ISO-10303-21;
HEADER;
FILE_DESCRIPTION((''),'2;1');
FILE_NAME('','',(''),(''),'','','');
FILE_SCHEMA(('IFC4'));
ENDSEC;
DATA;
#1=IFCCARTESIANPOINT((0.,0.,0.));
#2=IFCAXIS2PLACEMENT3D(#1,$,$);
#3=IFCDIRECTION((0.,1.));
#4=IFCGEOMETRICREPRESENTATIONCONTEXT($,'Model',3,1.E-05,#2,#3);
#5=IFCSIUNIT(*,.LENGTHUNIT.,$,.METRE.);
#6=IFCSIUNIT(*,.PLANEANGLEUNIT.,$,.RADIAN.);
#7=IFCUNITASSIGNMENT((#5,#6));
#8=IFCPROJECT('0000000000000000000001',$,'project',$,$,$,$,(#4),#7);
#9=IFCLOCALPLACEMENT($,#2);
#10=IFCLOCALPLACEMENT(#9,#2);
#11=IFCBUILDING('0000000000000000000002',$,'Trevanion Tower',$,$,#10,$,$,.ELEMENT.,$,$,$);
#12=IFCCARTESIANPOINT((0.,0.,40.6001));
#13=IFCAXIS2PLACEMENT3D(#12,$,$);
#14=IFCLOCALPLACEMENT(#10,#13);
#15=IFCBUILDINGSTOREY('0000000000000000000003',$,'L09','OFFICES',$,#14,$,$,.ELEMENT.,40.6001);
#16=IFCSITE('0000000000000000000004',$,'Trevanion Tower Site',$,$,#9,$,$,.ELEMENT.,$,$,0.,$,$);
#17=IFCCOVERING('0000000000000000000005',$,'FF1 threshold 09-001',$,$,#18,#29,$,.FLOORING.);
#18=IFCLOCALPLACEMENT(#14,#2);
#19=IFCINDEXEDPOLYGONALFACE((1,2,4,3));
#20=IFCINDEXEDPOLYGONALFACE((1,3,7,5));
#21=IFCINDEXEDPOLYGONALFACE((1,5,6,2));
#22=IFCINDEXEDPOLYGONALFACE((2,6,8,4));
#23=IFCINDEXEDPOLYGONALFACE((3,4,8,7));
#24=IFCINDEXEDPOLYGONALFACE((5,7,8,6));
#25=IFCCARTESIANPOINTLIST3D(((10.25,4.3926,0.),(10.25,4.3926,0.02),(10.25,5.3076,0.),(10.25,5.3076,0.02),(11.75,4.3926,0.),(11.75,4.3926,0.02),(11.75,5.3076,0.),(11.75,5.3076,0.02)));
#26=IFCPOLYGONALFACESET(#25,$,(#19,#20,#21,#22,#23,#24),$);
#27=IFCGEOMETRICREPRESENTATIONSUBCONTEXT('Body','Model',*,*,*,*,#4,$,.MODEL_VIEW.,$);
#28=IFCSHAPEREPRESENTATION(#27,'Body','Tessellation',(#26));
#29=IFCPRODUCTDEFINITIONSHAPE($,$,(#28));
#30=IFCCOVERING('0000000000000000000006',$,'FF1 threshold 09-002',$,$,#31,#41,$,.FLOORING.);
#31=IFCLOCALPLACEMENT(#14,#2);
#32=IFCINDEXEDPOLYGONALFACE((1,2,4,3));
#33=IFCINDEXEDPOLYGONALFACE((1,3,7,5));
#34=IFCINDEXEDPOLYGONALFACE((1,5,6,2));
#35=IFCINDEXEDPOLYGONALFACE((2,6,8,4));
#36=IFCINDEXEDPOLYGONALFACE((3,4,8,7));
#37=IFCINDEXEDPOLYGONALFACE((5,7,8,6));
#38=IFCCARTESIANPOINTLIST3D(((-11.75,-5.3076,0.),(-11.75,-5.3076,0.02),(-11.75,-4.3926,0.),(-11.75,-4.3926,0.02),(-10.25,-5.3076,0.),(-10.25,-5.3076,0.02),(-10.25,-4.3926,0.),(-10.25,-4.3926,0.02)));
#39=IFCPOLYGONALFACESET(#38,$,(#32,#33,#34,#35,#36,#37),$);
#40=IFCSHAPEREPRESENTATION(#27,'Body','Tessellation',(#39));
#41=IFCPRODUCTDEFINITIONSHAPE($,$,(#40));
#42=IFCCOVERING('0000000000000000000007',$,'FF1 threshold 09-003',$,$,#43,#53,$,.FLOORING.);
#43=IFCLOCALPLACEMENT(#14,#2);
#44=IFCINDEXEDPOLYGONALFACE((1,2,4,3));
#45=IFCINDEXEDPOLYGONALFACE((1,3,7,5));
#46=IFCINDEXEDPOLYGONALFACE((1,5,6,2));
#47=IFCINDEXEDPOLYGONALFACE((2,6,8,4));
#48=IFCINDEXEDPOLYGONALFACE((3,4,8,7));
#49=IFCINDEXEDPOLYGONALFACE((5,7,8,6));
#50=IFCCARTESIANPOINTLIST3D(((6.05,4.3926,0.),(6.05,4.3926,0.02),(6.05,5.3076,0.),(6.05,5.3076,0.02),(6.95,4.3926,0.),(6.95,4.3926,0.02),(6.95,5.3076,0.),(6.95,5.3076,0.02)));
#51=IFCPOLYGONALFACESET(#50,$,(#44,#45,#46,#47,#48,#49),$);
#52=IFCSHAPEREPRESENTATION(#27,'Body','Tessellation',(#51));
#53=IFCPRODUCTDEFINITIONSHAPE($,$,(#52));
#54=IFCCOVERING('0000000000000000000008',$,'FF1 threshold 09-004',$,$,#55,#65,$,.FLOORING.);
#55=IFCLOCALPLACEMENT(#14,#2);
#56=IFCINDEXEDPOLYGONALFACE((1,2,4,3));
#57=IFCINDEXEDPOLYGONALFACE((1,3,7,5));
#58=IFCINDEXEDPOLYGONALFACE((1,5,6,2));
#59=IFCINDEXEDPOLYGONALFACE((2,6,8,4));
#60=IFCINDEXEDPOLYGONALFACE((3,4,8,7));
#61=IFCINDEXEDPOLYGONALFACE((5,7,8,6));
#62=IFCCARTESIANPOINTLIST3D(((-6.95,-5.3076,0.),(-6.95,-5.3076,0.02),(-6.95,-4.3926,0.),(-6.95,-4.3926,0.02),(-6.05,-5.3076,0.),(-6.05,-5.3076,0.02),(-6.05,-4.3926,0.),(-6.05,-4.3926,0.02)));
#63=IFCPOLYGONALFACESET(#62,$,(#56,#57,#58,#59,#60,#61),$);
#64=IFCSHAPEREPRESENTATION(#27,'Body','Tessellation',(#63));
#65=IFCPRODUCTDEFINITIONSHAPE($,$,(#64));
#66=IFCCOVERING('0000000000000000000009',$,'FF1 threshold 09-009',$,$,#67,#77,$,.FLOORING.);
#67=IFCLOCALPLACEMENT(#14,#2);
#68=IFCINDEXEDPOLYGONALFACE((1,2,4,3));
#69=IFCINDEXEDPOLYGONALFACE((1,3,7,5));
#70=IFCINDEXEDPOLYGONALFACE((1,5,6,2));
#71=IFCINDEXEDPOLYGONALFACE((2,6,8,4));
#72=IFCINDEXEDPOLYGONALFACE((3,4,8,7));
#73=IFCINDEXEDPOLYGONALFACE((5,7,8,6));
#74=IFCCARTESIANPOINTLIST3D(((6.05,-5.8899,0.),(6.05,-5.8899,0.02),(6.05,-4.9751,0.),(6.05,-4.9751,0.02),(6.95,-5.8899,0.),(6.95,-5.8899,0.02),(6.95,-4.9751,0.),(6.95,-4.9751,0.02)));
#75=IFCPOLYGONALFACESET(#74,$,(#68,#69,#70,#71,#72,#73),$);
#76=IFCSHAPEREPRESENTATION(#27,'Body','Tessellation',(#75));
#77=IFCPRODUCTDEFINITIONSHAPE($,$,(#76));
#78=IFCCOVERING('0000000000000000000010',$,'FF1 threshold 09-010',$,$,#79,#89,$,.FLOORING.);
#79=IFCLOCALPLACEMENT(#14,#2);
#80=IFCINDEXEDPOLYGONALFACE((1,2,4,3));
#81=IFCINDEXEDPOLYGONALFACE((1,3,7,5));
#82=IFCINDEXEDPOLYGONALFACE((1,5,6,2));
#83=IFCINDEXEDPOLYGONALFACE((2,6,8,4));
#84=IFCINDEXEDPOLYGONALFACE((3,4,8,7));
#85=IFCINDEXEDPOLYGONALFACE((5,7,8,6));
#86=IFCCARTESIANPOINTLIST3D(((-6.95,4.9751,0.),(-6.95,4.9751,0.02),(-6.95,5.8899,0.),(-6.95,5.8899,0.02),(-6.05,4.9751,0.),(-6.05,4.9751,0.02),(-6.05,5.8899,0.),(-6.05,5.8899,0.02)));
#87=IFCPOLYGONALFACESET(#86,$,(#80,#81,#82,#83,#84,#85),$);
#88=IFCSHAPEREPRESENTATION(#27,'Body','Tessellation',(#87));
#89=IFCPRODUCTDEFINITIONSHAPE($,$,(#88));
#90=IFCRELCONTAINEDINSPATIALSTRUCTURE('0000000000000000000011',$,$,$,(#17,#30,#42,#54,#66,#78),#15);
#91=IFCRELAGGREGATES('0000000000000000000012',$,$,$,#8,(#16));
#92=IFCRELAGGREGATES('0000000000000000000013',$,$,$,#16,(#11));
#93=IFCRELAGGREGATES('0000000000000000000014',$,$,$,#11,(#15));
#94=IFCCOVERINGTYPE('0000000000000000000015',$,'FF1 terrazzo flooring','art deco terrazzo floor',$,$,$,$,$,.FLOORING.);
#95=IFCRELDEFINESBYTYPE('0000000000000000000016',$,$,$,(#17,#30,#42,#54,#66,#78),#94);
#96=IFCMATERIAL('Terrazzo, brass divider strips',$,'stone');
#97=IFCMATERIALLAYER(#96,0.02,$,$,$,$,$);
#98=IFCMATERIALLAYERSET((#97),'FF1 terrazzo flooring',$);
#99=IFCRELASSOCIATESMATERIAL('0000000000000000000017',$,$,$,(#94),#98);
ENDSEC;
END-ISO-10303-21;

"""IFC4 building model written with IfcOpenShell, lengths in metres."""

from ifc_helpers import new_model, si_unit, direction, frame, origin, place, context, subcontext, project, spatial, polyline, outline, extrude, material, layer, layer_set, type_object, element, save


model = new_model("IFC4")

# Units and contexts
model_context = context("Model", 3, precision=1e-05, world=origin(), true_north=direction((0.0, 1.0)))
body_context = subcontext(model_context, "Body", "Model", "MODEL_VIEW")
ifc_project = project(units=[si_unit("LENGTHUNIT", "METRE"), si_unit("PLANEANGLEUNIT", "RADIAN")], contexts=[model_context])

# Site, building, storey
site_placement = place(None, origin())
site = spatial("IfcSite", under=ifc_project, at=site_placement, Name="Trevanion Tower Site", CompositionType="ELEMENT", RefElevation=0.0)
building_placement = place(site_placement, origin())
building = spatial("IfcBuilding", under=site, at=building_placement, Name="Trevanion Tower", CompositionType="ELEMENT")
storey_placement = place(building_placement, frame((0.0, 0.0, 40.6001)))
storey = spatial("IfcBuildingStorey", under=building, at=storey_placement, Name="L09", Description="OFFICES", CompositionType="ELEMENT", Elevation=40.6001)

# Coverings
ifc_material_1 = material(Name="Terrazzo, brass divider strips", Category="stone")
ifc_layer_1 = layer(ifc_material_1, 0.02)
ifc_layer_set_1 = layer_set([ifc_layer_1], Name="FF1 terrazzo flooring")
covering_type = type_object("IfcCoveringType", Name="FF1 terrazzo flooring", Description="art deco terrazzo floor", PredefinedType="FLOORING", material=ifc_layer_set_1)
covering_1_placement = place(storey_placement, origin())
element("IfcCovering", 1, at=covering_1_placement, inside=storey, type_object=covering_type, Name="FF1 threshold 09-001", PredefinedType="FLOORING", context=body_context, shape_type="SweptSolid", body=[
    extrude(outline(polyline([(11.75, 4.3926), (11.75, 5.3076), (10.25, 5.3076), (10.25, 4.3926), (11.75, 4.3926)])), origin(), (0.0, 0.0, 1.0), 0.02),
])
covering_2_placement = place(storey_placement, origin())
element("IfcCovering", 2, at=covering_2_placement, inside=storey, type_object=covering_type, Name="FF1 threshold 09-002", PredefinedType="FLOORING", context=body_context, shape_type="SweptSolid", body=[
    extrude(outline(polyline([(-11.75, -4.3926), (-11.75, -5.3076), (-10.25, -5.3076), (-10.25, -4.3926), (-11.75, -4.3926)])), origin(), (0.0, 0.0, 1.0), 0.02),
])
covering_3_placement = place(storey_placement, origin())
element("IfcCovering", 3, at=covering_3_placement, inside=storey, type_object=covering_type, Name="FF1 threshold 09-003", PredefinedType="FLOORING", context=body_context, shape_type="SweptSolid", body=[
    extrude(outline(polyline([(6.95, 4.3926), (6.95, 5.3076), (6.05, 5.3076), (6.05, 4.3926), (6.95, 4.3926)])), origin(), (0.0, 0.0, 1.0), 0.02),
])
covering_4_placement = place(storey_placement, origin())
element("IfcCovering", 4, at=covering_4_placement, inside=storey, type_object=covering_type, Name="FF1 threshold 09-004", PredefinedType="FLOORING", context=body_context, shape_type="SweptSolid", body=[
    extrude(outline(polyline([(-6.95, -4.3926), (-6.95, -5.3076), (-6.05, -5.3076), (-6.05, -4.3926), (-6.95, -4.3926)])), origin(), (0.0, 0.0, 1.0), 0.02),
])
covering_5_placement = place(storey_placement, origin())
element("IfcCovering", 5, at=covering_5_placement, inside=storey, type_object=covering_type, Name="FF1 threshold 09-009", PredefinedType="FLOORING", context=body_context, shape_type="SweptSolid", body=[
    extrude(outline(polyline([(6.95, -5.8899), (6.95, -4.9751), (6.05, -4.9751), (6.05, -5.8899), (6.95, -5.8899)])), origin(), (0.0, 0.0, 1.0), 0.02),
])
covering_6_placement = place(storey_placement, origin())
element("IfcCovering", 6, at=covering_6_placement, inside=storey, type_object=covering_type, Name="FF1 threshold 09-010", PredefinedType="FLOORING", context=body_context, shape_type="SweptSolid", body=[
    extrude(outline(polyline([(-6.95, 5.8899), (-6.95, 4.9751), (-6.05, 4.9751), (-6.05, 5.8899), (-6.95, 5.8899)])), origin(), (0.0, 0.0, 1.0), 0.02),
])

save(model, "model.ifc")
